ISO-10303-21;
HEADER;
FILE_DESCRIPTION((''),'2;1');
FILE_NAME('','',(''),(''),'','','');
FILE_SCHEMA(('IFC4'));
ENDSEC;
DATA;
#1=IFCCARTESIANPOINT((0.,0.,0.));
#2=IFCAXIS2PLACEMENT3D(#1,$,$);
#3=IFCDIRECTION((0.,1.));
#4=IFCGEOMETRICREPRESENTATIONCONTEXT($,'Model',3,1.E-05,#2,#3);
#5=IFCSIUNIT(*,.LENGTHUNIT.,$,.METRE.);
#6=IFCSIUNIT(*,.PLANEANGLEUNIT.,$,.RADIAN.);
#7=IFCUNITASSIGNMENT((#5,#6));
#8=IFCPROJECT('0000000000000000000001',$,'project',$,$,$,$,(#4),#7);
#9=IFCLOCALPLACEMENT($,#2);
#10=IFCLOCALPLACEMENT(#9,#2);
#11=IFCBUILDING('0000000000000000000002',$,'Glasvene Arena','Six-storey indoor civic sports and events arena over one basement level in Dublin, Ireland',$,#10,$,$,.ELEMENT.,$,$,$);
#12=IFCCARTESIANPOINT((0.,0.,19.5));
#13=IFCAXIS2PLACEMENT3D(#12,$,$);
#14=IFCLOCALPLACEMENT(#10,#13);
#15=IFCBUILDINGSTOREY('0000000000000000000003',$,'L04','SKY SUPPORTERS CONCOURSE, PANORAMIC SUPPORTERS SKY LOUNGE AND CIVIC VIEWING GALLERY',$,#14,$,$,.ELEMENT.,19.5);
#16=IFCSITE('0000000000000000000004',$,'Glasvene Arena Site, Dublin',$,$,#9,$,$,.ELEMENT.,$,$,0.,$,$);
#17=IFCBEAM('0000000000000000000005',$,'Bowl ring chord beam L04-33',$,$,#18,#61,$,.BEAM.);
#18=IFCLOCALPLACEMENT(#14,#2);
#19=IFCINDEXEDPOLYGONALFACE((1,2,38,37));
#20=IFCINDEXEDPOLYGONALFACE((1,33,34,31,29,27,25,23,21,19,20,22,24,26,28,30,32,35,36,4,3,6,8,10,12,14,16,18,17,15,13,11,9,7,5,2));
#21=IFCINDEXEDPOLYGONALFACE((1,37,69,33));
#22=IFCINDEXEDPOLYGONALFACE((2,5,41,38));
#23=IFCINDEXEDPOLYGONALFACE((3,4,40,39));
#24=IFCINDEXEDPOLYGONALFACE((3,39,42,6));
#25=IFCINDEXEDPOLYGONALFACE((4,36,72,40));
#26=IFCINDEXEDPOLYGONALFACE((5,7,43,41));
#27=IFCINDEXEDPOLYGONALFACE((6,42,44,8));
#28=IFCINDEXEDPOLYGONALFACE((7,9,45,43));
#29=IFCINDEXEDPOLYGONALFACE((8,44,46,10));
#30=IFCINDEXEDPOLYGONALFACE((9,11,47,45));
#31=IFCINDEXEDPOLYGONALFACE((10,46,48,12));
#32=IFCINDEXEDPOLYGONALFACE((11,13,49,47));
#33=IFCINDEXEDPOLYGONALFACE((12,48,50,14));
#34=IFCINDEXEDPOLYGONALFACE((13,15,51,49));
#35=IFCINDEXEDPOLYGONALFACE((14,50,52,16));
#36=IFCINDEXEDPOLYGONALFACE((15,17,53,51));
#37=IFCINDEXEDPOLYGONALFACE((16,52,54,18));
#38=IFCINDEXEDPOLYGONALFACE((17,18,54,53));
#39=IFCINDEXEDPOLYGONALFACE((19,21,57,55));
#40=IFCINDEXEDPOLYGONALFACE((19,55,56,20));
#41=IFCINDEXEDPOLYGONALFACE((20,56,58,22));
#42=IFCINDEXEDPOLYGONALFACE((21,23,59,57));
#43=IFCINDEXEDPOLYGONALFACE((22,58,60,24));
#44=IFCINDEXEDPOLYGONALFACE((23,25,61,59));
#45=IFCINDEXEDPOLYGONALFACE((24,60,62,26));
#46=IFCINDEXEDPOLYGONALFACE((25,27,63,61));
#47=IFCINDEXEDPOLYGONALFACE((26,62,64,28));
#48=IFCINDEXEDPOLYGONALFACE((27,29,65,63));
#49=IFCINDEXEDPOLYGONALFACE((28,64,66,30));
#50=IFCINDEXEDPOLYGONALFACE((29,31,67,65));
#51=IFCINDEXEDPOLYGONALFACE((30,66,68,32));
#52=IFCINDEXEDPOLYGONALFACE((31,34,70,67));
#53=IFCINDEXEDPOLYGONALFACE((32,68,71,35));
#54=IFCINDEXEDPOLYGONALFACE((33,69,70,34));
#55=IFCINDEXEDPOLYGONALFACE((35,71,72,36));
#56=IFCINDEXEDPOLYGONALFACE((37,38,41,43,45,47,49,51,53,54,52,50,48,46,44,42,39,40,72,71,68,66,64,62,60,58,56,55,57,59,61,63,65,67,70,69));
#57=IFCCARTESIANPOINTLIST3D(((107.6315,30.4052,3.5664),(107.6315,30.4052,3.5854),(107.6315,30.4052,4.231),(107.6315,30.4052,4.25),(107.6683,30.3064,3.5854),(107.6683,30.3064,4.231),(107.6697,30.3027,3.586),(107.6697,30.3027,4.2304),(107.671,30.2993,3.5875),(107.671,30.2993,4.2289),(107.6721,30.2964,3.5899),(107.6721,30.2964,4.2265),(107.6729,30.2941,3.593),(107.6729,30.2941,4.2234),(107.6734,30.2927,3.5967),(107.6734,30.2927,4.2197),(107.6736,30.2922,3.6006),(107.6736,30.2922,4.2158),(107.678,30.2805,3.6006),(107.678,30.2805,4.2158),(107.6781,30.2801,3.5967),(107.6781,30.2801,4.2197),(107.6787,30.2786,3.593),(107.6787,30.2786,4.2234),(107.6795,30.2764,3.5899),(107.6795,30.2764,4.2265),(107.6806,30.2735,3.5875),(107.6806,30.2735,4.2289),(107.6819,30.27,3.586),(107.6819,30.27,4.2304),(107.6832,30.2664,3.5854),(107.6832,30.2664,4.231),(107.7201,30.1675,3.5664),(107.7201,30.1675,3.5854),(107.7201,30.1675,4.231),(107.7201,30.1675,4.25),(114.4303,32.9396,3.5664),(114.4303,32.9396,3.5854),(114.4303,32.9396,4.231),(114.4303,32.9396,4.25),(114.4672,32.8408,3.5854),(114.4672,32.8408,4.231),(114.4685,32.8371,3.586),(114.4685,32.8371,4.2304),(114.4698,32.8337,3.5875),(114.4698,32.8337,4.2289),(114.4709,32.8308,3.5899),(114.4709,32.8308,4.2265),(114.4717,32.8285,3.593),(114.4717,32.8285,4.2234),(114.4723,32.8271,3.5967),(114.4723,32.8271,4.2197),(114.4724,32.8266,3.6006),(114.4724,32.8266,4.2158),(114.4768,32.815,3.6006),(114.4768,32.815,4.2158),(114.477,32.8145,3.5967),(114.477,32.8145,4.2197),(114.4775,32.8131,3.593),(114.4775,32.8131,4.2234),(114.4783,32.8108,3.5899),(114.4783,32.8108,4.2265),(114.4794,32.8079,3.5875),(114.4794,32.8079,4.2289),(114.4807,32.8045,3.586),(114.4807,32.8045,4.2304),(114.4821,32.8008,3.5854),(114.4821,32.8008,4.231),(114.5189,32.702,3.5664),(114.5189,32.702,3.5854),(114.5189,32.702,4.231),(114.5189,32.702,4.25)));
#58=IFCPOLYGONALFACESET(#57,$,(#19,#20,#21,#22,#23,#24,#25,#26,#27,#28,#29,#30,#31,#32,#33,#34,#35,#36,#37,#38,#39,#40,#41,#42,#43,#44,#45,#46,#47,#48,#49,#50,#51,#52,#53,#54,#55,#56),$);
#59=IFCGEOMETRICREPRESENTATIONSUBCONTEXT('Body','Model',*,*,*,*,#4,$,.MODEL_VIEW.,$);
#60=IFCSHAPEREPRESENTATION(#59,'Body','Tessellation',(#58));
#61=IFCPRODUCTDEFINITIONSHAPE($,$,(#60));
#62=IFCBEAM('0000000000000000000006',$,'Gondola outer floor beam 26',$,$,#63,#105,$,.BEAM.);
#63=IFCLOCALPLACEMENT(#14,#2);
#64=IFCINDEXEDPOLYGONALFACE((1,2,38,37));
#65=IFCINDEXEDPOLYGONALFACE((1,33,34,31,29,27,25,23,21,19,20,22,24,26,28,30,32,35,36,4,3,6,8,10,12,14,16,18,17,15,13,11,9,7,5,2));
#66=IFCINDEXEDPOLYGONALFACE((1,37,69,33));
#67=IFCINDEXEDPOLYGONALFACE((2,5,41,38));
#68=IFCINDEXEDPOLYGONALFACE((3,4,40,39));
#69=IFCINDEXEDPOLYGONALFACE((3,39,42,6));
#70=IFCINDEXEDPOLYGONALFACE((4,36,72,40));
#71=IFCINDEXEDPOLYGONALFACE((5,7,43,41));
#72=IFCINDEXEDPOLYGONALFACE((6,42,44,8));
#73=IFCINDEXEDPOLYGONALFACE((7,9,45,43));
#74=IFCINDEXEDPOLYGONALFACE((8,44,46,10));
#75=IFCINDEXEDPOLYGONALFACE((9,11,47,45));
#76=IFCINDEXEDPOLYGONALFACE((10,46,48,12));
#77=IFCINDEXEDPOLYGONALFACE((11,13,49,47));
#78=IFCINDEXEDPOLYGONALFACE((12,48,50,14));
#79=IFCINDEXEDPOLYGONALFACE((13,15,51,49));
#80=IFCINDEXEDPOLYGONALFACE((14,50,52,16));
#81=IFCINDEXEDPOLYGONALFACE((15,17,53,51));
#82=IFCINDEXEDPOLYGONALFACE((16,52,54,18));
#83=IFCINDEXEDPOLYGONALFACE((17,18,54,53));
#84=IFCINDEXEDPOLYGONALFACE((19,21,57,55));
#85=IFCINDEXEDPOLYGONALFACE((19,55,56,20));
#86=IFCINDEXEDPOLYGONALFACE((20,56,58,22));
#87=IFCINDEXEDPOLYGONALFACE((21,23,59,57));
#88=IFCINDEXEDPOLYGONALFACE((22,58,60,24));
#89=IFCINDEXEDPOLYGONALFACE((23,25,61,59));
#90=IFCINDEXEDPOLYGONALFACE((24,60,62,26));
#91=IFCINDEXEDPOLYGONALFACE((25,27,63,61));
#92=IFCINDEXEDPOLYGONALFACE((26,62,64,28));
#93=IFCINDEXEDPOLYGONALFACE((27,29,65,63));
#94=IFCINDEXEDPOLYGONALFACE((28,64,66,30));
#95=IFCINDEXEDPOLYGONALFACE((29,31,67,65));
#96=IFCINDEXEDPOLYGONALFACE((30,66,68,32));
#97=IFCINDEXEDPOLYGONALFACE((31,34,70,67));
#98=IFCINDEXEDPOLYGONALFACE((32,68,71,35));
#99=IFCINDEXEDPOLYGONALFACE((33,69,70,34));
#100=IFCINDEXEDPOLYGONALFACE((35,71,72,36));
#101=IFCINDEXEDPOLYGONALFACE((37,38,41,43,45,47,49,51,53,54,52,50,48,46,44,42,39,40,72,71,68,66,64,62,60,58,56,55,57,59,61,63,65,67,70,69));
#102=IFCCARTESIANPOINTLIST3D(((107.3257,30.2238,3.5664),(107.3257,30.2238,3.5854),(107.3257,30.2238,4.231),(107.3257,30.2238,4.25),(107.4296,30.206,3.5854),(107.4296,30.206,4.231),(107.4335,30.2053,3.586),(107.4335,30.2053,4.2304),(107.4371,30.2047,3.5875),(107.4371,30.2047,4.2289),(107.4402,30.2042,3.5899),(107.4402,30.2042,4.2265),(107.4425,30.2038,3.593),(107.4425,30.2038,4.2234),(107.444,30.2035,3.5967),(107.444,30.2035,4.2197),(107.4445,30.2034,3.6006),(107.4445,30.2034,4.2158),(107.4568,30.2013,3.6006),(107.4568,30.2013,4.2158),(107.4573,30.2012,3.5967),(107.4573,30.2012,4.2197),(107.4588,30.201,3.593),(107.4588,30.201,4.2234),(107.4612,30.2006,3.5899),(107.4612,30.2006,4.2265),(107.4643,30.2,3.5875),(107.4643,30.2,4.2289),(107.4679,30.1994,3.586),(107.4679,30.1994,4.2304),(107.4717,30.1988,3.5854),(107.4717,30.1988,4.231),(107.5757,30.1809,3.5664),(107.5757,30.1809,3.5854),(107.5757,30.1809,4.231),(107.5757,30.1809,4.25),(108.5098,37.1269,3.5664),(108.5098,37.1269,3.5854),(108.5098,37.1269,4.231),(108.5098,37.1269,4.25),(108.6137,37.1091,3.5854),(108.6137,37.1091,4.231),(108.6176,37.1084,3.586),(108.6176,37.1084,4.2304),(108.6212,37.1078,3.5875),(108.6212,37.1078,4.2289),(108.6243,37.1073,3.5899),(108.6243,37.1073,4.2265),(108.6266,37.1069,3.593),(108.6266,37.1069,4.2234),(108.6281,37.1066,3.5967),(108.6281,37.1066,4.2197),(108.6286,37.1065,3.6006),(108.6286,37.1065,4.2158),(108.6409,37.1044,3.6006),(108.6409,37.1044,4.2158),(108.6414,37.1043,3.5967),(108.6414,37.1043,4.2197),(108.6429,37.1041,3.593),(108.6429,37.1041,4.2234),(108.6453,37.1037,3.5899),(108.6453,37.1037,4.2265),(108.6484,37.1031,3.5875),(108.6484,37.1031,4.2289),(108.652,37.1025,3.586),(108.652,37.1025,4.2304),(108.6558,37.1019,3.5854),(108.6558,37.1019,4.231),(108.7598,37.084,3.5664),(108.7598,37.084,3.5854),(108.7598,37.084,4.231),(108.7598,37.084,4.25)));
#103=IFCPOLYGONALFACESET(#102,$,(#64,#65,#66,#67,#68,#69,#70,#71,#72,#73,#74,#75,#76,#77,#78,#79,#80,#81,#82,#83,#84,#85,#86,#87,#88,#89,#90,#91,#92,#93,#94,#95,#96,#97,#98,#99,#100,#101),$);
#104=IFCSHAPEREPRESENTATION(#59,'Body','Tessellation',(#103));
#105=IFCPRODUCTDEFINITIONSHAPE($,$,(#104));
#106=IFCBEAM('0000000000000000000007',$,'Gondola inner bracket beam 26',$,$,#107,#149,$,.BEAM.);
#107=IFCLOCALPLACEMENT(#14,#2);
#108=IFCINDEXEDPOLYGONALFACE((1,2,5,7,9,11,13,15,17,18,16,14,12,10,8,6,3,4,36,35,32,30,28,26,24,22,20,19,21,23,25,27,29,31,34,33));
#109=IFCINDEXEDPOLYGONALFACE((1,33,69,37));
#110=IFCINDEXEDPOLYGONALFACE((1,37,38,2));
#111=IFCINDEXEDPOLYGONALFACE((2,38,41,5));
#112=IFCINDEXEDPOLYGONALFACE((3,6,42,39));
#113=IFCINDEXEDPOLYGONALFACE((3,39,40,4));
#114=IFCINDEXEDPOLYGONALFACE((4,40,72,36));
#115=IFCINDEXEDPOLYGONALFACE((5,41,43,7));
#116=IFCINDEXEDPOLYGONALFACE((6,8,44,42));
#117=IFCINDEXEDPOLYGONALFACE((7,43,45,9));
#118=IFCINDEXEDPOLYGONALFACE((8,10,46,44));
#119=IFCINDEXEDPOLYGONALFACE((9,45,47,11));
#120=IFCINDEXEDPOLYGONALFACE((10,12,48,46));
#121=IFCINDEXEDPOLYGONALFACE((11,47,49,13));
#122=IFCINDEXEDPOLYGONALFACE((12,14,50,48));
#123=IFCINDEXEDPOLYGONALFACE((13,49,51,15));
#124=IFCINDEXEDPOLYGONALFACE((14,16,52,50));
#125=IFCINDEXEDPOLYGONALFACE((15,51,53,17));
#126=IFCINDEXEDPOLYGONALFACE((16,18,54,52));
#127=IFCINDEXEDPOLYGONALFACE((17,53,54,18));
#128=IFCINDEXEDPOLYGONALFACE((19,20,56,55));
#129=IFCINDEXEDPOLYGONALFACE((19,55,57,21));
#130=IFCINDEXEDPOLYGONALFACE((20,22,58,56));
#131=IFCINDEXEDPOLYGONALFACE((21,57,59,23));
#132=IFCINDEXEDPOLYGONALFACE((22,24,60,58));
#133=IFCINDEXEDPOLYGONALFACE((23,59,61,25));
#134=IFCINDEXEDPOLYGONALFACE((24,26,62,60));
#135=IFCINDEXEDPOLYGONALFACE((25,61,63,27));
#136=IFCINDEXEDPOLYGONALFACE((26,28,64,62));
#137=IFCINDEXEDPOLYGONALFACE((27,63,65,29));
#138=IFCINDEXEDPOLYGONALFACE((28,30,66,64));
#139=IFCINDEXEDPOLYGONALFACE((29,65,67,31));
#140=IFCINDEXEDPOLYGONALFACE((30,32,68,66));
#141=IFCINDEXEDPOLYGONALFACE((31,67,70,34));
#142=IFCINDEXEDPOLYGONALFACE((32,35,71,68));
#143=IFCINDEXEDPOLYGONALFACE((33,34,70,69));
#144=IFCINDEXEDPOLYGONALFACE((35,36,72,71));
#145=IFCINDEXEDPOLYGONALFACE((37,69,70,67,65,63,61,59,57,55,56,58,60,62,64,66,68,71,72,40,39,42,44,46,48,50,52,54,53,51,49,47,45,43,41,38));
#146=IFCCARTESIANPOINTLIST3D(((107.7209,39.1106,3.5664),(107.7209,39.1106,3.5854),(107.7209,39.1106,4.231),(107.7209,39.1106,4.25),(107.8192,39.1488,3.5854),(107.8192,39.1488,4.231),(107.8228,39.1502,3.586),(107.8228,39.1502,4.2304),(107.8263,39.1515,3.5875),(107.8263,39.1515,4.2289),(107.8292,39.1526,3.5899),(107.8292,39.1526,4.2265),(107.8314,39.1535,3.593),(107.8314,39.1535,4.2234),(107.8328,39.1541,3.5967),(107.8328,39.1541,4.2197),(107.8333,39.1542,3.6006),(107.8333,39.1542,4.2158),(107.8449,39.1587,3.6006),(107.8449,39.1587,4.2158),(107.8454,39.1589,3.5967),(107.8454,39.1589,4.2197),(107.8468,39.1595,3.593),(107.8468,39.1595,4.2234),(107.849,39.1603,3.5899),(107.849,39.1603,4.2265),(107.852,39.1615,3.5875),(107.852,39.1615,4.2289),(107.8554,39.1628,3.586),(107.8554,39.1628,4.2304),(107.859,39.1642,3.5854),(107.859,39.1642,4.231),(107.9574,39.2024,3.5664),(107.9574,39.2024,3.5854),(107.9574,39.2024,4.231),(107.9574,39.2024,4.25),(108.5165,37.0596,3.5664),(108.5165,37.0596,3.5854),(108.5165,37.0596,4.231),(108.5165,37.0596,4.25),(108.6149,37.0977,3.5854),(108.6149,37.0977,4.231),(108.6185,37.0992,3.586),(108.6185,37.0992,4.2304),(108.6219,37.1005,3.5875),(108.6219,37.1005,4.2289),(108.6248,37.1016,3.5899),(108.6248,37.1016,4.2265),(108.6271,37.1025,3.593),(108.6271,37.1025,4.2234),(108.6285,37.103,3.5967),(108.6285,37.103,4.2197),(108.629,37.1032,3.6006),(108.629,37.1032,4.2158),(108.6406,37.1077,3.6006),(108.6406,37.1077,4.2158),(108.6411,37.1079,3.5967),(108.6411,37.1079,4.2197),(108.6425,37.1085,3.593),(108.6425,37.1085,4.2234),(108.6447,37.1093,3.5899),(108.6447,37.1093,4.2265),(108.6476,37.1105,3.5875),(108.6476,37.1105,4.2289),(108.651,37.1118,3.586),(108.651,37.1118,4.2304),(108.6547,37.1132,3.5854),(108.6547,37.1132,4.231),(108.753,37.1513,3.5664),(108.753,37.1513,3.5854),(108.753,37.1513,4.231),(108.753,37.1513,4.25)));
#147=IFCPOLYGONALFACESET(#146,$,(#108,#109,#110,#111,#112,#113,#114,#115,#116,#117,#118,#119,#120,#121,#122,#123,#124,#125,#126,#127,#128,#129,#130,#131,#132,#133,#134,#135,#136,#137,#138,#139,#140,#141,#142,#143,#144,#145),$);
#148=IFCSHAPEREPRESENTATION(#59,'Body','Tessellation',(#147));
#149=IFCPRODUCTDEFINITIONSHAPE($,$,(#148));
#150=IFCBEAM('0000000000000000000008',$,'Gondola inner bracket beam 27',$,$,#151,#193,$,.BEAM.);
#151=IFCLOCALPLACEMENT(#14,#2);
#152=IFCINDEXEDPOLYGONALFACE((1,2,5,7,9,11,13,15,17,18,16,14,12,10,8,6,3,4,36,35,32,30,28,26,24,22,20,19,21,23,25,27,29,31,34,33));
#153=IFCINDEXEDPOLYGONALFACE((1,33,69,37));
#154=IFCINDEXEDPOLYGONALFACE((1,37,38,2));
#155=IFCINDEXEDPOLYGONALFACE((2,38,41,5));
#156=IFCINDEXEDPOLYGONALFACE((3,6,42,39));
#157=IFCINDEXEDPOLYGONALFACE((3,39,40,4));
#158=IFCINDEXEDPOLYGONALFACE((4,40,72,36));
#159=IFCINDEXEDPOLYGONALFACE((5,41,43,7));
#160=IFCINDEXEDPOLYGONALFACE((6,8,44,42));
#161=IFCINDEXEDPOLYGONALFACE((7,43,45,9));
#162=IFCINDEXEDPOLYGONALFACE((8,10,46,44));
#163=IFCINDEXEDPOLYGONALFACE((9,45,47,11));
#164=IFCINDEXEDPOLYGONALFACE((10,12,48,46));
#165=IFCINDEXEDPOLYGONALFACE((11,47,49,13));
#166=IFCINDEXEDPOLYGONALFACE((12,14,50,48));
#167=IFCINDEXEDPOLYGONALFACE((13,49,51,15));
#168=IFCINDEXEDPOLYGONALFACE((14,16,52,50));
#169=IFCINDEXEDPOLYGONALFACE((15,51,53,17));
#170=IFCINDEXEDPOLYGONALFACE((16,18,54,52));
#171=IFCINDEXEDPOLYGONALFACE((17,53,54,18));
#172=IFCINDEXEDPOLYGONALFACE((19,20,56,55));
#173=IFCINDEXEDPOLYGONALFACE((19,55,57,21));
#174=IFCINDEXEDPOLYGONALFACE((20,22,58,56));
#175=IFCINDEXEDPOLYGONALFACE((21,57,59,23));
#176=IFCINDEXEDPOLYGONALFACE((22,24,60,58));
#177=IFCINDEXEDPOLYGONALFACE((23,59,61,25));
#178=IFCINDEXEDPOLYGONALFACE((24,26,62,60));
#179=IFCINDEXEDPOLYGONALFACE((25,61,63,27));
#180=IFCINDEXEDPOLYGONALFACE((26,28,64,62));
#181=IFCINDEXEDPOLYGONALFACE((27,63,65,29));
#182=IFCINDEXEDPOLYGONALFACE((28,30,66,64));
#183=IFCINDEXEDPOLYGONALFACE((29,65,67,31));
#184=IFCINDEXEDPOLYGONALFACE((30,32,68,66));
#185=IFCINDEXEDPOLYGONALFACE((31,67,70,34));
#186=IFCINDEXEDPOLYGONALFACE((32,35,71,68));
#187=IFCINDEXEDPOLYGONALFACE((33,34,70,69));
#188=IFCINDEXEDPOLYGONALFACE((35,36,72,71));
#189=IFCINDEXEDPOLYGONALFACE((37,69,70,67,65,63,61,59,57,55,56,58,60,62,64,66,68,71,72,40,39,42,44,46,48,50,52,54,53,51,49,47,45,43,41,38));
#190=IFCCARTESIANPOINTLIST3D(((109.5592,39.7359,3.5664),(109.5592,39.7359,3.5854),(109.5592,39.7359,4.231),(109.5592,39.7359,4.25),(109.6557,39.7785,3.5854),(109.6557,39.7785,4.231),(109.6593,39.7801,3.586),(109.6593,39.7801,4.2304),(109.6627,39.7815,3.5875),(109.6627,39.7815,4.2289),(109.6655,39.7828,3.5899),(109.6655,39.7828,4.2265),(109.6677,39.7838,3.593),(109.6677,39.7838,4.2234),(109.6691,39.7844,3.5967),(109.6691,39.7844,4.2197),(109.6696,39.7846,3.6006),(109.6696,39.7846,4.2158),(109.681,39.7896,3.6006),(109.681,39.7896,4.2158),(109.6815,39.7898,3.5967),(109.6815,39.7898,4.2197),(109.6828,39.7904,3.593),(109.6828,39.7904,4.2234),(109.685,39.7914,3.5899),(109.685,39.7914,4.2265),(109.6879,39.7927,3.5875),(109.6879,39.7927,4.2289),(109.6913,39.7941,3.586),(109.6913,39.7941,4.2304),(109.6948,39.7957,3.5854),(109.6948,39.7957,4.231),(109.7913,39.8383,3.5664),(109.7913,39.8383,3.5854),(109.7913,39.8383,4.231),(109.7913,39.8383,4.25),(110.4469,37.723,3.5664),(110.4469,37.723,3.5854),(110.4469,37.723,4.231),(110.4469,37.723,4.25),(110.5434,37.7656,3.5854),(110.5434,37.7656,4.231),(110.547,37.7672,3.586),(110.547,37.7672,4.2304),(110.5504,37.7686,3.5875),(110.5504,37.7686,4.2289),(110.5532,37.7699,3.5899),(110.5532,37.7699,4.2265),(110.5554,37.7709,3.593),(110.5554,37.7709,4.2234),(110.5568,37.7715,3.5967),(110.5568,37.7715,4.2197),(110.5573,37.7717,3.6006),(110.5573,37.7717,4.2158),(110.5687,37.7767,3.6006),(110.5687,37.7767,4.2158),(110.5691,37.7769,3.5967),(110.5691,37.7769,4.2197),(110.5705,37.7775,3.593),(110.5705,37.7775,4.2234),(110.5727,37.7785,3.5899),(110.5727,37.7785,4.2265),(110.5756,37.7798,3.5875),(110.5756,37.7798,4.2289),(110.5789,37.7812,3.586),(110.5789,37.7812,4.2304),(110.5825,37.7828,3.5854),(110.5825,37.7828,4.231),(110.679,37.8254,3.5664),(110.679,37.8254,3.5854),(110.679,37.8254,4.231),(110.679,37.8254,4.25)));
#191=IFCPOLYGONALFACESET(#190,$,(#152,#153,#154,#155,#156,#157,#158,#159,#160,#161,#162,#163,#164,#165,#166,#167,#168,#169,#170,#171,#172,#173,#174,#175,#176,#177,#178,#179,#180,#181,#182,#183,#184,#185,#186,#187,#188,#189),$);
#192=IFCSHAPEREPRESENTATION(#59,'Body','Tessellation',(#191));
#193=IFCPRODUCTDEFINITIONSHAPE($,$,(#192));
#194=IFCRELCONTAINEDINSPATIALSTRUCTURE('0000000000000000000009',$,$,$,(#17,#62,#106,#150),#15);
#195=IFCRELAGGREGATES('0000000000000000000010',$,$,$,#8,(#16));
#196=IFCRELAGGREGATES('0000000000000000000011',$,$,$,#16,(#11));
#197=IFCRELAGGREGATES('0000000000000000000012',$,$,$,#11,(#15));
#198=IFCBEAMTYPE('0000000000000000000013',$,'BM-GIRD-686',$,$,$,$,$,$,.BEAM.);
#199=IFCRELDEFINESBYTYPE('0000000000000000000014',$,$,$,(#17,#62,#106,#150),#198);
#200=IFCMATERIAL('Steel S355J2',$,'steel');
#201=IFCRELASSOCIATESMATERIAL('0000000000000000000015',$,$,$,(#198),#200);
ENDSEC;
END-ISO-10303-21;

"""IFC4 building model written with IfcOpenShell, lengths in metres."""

from ifc_helpers import new_model, si_unit, direction, frame, origin, origin_2d, place, context, subcontext, project, spatial, i_section, extrude, material, material_profile, profile_set, type_object, element, save


model = new_model("IFC4")

# Units and contexts
model_context = context("Model", 3, precision=1e-05, world=origin(), true_north=direction((0.0, 1.0)))
body_context = subcontext(model_context, "Body", "Model", "MODEL_VIEW")
ifc_project = project(units=[si_unit("LENGTHUNIT", "METRE"), si_unit("PLANEANGLEUNIT", "RADIAN")], contexts=[model_context])

# Site, building, storey
site_placement = place(None, origin())
site = spatial("IfcSite", under=ifc_project, at=site_placement, Name="Glasvene Arena Site, Dublin", CompositionType="ELEMENT", RefElevation=0.0)
building_placement = place(site_placement, origin())
building = spatial("IfcBuilding", under=site, at=building_placement, Name="Glasvene Arena", Description="Six-storey indoor civic sports and events arena over one basement level in Dublin, Ireland", CompositionType="ELEMENT")
storey_placement = place(building_placement, frame((0.0, 0.0, 19.5)))
storey = spatial("IfcBuildingStorey", under=building, at=storey_placement, Name="L04", Description="SKY SUPPORTERS CONCOURSE, PANORAMIC SUPPORTERS SKY LOUNGE AND CIVIC VIEWING GALLERY", CompositionType="ELEMENT", Elevation=19.5)

# Shared definitions
ifc_material_1 = material(Name="Steel S355J2", Category="steel")

# Beams
ifc_material_profile_1 = material_profile(ifc_material_1, i_section(OverallWidth=0.2537, OverallDepth=0.6836, WebThickness=0.0125, FlangeThickness=0.019, FilletRadius=0.0151, at=origin_2d()), Name="UKB 686x254x140")
ifc_profile_set_1 = profile_set([ifc_material_profile_1], Name="Steel S355J2")
beam_type_1 = type_object("IfcBeamType", Name="BM-GIRD-686", PredefinedType="BEAM", material=ifc_profile_set_1)
beam_1_placement = place(storey_placement, frame((107.6758, 30.2864, 3.9082), z_axis=(0.937013, 0.349294, 0.0), x_axis=(-0.349294, 0.937013, 0.0)))
element("IfcBeam", 1, at=beam_1_placement, inside=storey, type_object=beam_type_1, Name="Bowl ring chord beam L04-33", PredefinedType="BEAM", context=body_context, shape_type="SweptSolid", body=[
    extrude(i_section(OverallWidth=0.2537, OverallDepth=0.6836, WebThickness=0.0125, FlangeThickness=0.019, FilletRadius=0.0151, at=origin_2d()), origin(), (0.0, 0.0, 1.0), 7.2559),
])
beam_2_placement = place(storey_placement, frame((108.6348, 37.1055, 3.9082), z_axis=(-0.169061, -0.985606, 0.0), x_axis=(0.985606, -0.169061, 0.0)))
element("IfcBeam", 2, at=beam_2_placement, inside=storey, type_object=beam_type_1, Name="Gondola outer floor beam 26", PredefinedType="BEAM", context=body_context, shape_type="SweptSolid", body=[
    extrude(i_section(OverallWidth=0.2537, OverallDepth=0.6836, WebThickness=0.0125, FlangeThickness=0.019, FilletRadius=0.0151, at=origin_2d()), origin(), (0.0, 0.0, 1.0), 7.0039),
])
for number, where, z_axis, x_axis, name in (
    (3, (107.8391, 39.1565, 3.9082), (0.36167, -0.932306, 0.0), (0.932306, 0.36167, 0.0), "Gondola inner bracket beam 26"),
    (4, (109.6753, 39.7871, 3.9082), (0.403501, -0.914979, 0.0), (0.914979, 0.403501, 0.0), "Gondola inner bracket beam 27"),
):
    element("IfcBeam", number, at=place(storey_placement, frame(where, z_axis=z_axis, x_axis=x_axis)), inside=storey, type_object=beam_type_1, Name=name, PredefinedType="BEAM", context=body_context, shape_type="SweptSolid", body=[
        extrude(i_section(OverallWidth=0.2537, OverallDepth=0.6836, WebThickness=0.0125, FlangeThickness=0.019, FilletRadius=0.0151, at=origin_2d()), origin(), (0.0, 0.0, 1.0), 2.2),
    ])

save(model, "model.ifc")
